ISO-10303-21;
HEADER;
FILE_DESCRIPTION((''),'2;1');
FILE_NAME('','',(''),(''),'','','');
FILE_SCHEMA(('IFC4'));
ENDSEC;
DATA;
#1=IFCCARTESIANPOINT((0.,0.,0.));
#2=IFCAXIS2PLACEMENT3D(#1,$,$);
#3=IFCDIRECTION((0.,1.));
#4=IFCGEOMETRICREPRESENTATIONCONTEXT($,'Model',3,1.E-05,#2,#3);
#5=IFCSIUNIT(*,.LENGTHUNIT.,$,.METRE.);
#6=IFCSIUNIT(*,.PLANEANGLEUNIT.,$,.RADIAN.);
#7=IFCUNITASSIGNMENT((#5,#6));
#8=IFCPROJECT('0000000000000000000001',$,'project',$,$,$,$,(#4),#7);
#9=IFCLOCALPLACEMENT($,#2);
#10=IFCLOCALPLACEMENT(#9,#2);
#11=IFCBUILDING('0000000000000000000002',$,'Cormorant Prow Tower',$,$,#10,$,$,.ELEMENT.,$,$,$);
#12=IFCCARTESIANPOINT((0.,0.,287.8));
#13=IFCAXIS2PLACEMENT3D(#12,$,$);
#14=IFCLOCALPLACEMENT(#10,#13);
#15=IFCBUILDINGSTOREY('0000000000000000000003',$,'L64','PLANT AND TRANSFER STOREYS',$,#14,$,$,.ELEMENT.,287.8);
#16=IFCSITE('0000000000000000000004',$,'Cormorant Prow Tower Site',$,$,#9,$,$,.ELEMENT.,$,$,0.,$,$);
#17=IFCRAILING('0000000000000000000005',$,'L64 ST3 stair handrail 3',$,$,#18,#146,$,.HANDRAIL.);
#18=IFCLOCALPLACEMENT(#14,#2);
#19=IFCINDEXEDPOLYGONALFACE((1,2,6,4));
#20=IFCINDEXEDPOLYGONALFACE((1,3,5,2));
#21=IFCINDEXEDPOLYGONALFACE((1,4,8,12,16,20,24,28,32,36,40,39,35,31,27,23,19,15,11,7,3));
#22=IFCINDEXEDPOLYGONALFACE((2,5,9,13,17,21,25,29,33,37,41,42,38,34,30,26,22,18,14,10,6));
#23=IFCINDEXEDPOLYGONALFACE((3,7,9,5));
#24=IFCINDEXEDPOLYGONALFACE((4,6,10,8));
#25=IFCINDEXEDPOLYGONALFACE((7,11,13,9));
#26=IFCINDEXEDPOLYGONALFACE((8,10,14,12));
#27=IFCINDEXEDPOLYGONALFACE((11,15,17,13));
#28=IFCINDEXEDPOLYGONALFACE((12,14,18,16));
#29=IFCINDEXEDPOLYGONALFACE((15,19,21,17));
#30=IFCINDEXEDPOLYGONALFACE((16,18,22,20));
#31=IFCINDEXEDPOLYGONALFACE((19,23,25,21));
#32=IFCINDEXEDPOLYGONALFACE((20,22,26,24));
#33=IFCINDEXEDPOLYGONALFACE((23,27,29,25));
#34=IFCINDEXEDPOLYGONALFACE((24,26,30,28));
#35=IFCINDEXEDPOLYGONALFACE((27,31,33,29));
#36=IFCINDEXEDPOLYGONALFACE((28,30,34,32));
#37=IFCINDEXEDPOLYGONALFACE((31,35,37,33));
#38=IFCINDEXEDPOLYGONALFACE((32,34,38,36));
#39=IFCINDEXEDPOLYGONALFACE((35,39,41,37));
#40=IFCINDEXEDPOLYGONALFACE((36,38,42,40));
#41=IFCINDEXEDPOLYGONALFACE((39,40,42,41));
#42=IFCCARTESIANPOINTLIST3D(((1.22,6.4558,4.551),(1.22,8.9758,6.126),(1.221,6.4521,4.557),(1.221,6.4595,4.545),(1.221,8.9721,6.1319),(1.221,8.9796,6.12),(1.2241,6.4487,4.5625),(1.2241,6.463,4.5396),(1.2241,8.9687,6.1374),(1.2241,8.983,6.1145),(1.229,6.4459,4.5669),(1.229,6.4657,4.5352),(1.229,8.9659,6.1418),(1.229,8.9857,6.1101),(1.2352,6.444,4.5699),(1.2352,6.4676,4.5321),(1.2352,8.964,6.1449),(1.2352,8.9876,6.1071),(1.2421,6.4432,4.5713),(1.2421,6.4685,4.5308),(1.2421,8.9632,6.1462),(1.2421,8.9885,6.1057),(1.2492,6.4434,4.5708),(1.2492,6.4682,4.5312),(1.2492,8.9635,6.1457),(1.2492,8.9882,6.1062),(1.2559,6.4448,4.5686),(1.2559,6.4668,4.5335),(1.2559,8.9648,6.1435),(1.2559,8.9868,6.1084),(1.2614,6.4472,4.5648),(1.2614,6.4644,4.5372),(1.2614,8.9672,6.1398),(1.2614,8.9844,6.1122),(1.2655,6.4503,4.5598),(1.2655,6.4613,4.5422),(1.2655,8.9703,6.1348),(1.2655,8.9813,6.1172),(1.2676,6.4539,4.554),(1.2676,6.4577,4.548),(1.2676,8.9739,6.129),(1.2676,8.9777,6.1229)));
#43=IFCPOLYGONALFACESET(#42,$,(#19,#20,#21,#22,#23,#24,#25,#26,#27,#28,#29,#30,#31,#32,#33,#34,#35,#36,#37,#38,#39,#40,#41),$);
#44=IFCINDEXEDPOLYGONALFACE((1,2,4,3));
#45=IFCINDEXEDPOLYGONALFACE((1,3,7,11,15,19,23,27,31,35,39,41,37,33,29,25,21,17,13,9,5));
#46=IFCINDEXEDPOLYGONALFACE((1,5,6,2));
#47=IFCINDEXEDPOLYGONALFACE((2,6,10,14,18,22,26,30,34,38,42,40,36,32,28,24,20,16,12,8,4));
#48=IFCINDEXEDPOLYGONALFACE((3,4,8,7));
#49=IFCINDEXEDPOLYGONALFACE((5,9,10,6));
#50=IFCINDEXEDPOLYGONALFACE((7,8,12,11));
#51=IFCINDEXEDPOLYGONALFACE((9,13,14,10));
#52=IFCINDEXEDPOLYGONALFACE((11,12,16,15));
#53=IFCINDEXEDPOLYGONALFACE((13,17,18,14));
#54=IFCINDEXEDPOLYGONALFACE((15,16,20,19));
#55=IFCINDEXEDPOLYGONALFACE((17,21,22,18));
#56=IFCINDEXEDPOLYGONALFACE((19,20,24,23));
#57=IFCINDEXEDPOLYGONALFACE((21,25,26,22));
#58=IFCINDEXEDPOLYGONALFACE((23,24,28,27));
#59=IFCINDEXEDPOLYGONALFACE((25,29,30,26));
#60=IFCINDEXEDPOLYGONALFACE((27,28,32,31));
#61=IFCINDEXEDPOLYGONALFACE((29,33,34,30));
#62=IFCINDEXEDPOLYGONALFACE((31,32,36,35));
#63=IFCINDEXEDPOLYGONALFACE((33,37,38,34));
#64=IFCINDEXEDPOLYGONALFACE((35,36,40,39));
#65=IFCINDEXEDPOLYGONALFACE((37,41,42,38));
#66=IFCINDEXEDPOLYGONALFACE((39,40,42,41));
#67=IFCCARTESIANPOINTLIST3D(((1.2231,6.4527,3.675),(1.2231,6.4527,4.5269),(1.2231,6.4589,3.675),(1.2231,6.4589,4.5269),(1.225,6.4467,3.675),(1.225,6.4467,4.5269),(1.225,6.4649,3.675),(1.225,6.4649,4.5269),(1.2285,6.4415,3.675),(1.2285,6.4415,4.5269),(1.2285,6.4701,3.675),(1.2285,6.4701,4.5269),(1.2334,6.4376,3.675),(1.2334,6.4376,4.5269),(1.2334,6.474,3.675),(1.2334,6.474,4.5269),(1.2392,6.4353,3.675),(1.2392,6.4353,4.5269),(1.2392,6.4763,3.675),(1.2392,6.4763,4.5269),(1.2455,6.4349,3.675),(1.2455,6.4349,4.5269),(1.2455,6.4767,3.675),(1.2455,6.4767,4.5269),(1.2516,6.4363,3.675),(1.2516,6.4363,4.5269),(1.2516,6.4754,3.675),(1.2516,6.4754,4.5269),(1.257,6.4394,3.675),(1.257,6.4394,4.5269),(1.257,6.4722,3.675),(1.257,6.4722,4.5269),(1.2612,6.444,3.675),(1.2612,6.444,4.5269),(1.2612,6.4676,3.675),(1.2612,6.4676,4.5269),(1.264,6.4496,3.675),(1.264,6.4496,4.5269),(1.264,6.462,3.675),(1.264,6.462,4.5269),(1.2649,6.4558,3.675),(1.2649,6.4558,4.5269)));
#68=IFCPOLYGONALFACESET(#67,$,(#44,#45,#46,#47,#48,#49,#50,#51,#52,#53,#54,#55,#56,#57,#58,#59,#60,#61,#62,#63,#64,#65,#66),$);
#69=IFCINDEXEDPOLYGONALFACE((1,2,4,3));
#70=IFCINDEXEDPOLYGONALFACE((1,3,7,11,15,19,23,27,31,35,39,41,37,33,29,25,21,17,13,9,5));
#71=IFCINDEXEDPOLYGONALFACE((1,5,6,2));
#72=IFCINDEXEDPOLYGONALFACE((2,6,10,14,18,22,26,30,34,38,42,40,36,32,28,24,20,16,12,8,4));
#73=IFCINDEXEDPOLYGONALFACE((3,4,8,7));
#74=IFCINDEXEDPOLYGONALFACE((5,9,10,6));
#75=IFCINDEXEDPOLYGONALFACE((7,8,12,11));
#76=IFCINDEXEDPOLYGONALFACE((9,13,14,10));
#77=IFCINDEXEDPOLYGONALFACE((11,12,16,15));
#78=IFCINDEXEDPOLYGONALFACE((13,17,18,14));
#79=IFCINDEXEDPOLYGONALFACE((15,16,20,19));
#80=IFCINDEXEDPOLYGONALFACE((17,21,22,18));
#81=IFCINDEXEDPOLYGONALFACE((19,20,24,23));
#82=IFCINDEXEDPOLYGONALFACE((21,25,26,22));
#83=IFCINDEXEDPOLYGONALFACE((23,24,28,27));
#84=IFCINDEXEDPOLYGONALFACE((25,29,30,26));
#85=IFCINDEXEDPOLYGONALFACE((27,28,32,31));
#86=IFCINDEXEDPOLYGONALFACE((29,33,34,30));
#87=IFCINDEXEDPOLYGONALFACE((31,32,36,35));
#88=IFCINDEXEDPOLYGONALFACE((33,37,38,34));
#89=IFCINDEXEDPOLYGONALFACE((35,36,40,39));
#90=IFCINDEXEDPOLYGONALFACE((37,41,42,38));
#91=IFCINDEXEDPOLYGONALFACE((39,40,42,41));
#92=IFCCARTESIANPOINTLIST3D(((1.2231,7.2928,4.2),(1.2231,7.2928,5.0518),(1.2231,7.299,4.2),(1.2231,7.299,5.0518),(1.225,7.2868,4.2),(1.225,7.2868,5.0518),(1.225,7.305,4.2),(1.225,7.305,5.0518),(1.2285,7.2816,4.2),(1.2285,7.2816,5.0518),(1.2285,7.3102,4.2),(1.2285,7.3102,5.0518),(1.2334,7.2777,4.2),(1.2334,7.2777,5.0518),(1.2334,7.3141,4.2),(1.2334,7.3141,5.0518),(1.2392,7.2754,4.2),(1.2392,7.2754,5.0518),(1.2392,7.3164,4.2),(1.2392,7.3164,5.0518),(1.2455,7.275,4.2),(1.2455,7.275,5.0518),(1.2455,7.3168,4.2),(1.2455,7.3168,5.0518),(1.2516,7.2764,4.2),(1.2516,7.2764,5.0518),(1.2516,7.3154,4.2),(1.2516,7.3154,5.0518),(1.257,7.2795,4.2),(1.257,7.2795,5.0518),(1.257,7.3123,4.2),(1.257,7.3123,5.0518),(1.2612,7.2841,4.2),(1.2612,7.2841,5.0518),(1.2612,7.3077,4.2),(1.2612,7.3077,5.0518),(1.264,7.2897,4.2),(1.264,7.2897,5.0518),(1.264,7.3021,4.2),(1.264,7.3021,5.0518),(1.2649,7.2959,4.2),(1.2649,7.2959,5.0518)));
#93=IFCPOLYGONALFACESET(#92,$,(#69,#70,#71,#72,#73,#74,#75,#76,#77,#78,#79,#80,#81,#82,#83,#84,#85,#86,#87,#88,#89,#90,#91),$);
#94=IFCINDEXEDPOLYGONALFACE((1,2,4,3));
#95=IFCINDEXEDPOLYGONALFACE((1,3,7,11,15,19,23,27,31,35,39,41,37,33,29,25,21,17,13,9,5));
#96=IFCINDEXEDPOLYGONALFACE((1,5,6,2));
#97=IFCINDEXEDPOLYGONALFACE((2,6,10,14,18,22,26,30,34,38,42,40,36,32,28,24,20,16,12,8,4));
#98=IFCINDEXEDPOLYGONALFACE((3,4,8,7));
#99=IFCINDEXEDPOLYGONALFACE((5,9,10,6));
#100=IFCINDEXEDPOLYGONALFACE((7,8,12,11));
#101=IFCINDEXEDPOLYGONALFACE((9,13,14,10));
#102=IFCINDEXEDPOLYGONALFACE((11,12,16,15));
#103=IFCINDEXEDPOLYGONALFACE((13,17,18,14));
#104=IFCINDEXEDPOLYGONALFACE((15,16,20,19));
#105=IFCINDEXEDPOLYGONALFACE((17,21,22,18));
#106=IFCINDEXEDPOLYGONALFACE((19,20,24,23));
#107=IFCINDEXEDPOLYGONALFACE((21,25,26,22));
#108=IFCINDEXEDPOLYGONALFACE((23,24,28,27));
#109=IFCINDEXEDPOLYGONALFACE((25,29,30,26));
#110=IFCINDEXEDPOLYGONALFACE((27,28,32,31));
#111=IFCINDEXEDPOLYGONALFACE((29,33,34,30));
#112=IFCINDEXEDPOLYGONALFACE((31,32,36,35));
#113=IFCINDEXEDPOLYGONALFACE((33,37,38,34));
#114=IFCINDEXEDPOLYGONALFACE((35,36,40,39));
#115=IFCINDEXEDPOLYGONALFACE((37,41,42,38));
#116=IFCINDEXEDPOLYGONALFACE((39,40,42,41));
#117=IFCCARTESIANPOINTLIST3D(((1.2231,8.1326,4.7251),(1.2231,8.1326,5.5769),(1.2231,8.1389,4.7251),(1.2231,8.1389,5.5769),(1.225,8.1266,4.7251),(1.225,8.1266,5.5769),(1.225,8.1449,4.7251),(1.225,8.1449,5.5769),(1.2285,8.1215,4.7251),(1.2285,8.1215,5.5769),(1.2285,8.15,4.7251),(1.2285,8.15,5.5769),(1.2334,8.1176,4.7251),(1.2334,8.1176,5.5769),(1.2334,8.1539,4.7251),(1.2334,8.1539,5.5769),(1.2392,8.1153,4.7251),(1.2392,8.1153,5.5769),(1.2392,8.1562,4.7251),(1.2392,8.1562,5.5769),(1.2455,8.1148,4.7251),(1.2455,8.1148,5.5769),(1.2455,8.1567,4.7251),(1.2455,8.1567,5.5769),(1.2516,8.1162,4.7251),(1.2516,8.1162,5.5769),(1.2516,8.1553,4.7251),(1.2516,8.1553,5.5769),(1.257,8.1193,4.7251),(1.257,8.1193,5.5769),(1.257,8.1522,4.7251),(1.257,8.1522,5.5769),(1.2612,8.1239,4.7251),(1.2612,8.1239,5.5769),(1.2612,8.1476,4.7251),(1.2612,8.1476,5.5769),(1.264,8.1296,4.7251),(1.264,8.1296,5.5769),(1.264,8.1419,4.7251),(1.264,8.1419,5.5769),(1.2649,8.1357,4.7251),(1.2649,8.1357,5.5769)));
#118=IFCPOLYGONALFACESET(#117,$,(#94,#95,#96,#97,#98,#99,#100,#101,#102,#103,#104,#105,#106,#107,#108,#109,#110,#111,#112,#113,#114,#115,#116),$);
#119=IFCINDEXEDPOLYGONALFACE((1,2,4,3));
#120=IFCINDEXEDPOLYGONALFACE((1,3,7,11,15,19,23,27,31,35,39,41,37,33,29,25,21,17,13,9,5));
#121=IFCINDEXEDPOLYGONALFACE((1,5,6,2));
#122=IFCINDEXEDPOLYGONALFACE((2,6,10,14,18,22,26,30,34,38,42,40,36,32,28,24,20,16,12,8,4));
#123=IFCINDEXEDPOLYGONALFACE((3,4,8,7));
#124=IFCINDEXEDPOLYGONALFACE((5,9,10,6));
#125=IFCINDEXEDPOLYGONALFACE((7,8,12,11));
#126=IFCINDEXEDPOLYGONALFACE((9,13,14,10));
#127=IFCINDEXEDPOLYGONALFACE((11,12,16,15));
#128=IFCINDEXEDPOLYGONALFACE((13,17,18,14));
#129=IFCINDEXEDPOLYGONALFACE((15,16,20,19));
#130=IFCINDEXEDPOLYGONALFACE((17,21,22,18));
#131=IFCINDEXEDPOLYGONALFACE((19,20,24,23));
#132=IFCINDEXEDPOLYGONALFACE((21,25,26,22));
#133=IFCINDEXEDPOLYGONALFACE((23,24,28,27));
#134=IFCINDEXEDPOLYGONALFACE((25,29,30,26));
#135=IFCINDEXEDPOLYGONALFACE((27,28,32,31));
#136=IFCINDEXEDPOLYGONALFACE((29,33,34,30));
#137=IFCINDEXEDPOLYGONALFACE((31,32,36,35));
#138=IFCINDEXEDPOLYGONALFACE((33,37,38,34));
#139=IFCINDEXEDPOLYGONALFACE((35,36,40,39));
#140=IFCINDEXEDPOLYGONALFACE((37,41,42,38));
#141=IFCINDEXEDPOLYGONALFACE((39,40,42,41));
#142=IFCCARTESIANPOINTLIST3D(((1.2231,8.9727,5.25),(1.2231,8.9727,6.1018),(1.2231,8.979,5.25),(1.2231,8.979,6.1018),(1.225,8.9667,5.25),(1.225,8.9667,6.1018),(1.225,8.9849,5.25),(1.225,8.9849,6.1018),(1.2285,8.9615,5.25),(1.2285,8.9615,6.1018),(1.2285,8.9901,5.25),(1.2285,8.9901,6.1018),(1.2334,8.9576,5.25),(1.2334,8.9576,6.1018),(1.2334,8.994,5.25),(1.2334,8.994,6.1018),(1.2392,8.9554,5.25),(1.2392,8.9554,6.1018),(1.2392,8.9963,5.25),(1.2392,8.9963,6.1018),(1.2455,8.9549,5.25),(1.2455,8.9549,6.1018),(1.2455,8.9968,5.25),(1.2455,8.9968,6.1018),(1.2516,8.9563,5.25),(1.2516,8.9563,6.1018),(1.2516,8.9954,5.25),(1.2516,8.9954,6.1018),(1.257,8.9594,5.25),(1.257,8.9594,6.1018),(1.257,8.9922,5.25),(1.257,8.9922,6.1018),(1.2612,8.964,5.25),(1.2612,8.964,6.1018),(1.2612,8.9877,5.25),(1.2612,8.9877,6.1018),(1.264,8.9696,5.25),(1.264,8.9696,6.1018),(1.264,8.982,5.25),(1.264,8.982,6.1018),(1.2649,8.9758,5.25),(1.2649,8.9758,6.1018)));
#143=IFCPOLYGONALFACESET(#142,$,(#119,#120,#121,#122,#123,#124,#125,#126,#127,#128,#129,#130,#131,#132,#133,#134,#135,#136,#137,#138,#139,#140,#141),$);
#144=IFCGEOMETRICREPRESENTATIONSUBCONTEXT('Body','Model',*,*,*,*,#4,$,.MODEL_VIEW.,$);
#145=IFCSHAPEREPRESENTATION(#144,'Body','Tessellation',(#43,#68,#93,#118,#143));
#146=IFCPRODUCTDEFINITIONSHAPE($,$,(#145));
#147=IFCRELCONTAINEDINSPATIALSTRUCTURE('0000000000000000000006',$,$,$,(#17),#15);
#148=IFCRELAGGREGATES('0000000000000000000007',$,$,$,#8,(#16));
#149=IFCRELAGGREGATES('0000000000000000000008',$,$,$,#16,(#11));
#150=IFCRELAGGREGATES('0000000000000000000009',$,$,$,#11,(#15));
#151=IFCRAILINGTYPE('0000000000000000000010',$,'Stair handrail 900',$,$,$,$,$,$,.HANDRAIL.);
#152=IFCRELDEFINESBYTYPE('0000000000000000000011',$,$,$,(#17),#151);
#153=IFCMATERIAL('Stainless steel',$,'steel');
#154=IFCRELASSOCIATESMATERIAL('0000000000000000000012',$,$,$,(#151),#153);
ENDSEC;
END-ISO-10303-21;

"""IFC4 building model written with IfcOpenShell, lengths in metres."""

from ifc_helpers import new_model, si_unit, direction, frame, origin, origin_2d, place, context, subcontext, project, spatial, circle, extrude, material, type_object, element, save


model = new_model("IFC4")

# Units and contexts
model_context = context("Model", 3, precision=1e-05, world=origin(), true_north=direction((0.0, 1.0)))
body_context = subcontext(model_context, "Body", "Model", "MODEL_VIEW")
ifc_project = project(units=[si_unit("LENGTHUNIT", "METRE"), si_unit("PLANEANGLEUNIT", "RADIAN")], contexts=[model_context])

# Site, building, storey
site_placement = place(None, origin())
site = spatial("IfcSite", under=ifc_project, at=site_placement, Name="Cormorant Prow Tower Site", CompositionType="ELEMENT", RefElevation=0.0)
building_placement = place(site_placement, origin())
building = spatial("IfcBuilding", under=site, at=building_placement, Name="Cormorant Prow Tower", CompositionType="ELEMENT")
storey_placement = place(building_placement, frame((0.0, 0.0, 287.8)))
storey = spatial("IfcBuildingStorey", under=building, at=storey_placement, Name="L64", Description="PLANT AND TRANSFER STOREYS", CompositionType="ELEMENT", Elevation=287.8)

# Railing
ifc_material_1 = material(Name="Stainless steel", Category="steel")
railing_type = type_object("IfcRailingType", Name="Stair handrail 900", PredefinedType="HANDRAIL", material=ifc_material_1)
for number, where, name in (
    (1, (1.2439, 6.4558, 3.675), "L64 ST3 stair handrail 3"),
):
    element("IfcRailing", number, at=place(storey_placement, frame(where)), inside=storey, type_object=railing_type, Name=name, PredefinedType="HANDRAIL", context=body_context, shape_type="SweptSolid", body=[
        extrude(circle(Radius=0.0239, at=origin_2d()), frame((0.0, 0.0, 0.876), z_axis=(0.0, 0.848008, 0.529984), x_axis=(-1.0, 0.0, 0.0)), (0.0, 0.0, 1.0), 2.9717),
        extrude(circle(Radius=0.021, at=origin_2d()), origin(), (0.0, 0.0, 1.0), 0.8518),
        extrude(circle(Radius=0.021, at=origin_2d()), frame((0.0, 0.8401, 0.5249)), (0.0, 0.0, 1.0), 0.8518),
        extrude(circle(Radius=0.021, at=origin_2d()), frame((0.0, 1.6799, 1.05)), (0.0, 0.0, 1.0), 0.8518),
        extrude(circle(Radius=0.021, at=origin_2d()), frame((0.0, 2.52, 1.575)), (0.0, 0.0, 1.0), 0.8518),
    ])

save(model, "model.ifc")
